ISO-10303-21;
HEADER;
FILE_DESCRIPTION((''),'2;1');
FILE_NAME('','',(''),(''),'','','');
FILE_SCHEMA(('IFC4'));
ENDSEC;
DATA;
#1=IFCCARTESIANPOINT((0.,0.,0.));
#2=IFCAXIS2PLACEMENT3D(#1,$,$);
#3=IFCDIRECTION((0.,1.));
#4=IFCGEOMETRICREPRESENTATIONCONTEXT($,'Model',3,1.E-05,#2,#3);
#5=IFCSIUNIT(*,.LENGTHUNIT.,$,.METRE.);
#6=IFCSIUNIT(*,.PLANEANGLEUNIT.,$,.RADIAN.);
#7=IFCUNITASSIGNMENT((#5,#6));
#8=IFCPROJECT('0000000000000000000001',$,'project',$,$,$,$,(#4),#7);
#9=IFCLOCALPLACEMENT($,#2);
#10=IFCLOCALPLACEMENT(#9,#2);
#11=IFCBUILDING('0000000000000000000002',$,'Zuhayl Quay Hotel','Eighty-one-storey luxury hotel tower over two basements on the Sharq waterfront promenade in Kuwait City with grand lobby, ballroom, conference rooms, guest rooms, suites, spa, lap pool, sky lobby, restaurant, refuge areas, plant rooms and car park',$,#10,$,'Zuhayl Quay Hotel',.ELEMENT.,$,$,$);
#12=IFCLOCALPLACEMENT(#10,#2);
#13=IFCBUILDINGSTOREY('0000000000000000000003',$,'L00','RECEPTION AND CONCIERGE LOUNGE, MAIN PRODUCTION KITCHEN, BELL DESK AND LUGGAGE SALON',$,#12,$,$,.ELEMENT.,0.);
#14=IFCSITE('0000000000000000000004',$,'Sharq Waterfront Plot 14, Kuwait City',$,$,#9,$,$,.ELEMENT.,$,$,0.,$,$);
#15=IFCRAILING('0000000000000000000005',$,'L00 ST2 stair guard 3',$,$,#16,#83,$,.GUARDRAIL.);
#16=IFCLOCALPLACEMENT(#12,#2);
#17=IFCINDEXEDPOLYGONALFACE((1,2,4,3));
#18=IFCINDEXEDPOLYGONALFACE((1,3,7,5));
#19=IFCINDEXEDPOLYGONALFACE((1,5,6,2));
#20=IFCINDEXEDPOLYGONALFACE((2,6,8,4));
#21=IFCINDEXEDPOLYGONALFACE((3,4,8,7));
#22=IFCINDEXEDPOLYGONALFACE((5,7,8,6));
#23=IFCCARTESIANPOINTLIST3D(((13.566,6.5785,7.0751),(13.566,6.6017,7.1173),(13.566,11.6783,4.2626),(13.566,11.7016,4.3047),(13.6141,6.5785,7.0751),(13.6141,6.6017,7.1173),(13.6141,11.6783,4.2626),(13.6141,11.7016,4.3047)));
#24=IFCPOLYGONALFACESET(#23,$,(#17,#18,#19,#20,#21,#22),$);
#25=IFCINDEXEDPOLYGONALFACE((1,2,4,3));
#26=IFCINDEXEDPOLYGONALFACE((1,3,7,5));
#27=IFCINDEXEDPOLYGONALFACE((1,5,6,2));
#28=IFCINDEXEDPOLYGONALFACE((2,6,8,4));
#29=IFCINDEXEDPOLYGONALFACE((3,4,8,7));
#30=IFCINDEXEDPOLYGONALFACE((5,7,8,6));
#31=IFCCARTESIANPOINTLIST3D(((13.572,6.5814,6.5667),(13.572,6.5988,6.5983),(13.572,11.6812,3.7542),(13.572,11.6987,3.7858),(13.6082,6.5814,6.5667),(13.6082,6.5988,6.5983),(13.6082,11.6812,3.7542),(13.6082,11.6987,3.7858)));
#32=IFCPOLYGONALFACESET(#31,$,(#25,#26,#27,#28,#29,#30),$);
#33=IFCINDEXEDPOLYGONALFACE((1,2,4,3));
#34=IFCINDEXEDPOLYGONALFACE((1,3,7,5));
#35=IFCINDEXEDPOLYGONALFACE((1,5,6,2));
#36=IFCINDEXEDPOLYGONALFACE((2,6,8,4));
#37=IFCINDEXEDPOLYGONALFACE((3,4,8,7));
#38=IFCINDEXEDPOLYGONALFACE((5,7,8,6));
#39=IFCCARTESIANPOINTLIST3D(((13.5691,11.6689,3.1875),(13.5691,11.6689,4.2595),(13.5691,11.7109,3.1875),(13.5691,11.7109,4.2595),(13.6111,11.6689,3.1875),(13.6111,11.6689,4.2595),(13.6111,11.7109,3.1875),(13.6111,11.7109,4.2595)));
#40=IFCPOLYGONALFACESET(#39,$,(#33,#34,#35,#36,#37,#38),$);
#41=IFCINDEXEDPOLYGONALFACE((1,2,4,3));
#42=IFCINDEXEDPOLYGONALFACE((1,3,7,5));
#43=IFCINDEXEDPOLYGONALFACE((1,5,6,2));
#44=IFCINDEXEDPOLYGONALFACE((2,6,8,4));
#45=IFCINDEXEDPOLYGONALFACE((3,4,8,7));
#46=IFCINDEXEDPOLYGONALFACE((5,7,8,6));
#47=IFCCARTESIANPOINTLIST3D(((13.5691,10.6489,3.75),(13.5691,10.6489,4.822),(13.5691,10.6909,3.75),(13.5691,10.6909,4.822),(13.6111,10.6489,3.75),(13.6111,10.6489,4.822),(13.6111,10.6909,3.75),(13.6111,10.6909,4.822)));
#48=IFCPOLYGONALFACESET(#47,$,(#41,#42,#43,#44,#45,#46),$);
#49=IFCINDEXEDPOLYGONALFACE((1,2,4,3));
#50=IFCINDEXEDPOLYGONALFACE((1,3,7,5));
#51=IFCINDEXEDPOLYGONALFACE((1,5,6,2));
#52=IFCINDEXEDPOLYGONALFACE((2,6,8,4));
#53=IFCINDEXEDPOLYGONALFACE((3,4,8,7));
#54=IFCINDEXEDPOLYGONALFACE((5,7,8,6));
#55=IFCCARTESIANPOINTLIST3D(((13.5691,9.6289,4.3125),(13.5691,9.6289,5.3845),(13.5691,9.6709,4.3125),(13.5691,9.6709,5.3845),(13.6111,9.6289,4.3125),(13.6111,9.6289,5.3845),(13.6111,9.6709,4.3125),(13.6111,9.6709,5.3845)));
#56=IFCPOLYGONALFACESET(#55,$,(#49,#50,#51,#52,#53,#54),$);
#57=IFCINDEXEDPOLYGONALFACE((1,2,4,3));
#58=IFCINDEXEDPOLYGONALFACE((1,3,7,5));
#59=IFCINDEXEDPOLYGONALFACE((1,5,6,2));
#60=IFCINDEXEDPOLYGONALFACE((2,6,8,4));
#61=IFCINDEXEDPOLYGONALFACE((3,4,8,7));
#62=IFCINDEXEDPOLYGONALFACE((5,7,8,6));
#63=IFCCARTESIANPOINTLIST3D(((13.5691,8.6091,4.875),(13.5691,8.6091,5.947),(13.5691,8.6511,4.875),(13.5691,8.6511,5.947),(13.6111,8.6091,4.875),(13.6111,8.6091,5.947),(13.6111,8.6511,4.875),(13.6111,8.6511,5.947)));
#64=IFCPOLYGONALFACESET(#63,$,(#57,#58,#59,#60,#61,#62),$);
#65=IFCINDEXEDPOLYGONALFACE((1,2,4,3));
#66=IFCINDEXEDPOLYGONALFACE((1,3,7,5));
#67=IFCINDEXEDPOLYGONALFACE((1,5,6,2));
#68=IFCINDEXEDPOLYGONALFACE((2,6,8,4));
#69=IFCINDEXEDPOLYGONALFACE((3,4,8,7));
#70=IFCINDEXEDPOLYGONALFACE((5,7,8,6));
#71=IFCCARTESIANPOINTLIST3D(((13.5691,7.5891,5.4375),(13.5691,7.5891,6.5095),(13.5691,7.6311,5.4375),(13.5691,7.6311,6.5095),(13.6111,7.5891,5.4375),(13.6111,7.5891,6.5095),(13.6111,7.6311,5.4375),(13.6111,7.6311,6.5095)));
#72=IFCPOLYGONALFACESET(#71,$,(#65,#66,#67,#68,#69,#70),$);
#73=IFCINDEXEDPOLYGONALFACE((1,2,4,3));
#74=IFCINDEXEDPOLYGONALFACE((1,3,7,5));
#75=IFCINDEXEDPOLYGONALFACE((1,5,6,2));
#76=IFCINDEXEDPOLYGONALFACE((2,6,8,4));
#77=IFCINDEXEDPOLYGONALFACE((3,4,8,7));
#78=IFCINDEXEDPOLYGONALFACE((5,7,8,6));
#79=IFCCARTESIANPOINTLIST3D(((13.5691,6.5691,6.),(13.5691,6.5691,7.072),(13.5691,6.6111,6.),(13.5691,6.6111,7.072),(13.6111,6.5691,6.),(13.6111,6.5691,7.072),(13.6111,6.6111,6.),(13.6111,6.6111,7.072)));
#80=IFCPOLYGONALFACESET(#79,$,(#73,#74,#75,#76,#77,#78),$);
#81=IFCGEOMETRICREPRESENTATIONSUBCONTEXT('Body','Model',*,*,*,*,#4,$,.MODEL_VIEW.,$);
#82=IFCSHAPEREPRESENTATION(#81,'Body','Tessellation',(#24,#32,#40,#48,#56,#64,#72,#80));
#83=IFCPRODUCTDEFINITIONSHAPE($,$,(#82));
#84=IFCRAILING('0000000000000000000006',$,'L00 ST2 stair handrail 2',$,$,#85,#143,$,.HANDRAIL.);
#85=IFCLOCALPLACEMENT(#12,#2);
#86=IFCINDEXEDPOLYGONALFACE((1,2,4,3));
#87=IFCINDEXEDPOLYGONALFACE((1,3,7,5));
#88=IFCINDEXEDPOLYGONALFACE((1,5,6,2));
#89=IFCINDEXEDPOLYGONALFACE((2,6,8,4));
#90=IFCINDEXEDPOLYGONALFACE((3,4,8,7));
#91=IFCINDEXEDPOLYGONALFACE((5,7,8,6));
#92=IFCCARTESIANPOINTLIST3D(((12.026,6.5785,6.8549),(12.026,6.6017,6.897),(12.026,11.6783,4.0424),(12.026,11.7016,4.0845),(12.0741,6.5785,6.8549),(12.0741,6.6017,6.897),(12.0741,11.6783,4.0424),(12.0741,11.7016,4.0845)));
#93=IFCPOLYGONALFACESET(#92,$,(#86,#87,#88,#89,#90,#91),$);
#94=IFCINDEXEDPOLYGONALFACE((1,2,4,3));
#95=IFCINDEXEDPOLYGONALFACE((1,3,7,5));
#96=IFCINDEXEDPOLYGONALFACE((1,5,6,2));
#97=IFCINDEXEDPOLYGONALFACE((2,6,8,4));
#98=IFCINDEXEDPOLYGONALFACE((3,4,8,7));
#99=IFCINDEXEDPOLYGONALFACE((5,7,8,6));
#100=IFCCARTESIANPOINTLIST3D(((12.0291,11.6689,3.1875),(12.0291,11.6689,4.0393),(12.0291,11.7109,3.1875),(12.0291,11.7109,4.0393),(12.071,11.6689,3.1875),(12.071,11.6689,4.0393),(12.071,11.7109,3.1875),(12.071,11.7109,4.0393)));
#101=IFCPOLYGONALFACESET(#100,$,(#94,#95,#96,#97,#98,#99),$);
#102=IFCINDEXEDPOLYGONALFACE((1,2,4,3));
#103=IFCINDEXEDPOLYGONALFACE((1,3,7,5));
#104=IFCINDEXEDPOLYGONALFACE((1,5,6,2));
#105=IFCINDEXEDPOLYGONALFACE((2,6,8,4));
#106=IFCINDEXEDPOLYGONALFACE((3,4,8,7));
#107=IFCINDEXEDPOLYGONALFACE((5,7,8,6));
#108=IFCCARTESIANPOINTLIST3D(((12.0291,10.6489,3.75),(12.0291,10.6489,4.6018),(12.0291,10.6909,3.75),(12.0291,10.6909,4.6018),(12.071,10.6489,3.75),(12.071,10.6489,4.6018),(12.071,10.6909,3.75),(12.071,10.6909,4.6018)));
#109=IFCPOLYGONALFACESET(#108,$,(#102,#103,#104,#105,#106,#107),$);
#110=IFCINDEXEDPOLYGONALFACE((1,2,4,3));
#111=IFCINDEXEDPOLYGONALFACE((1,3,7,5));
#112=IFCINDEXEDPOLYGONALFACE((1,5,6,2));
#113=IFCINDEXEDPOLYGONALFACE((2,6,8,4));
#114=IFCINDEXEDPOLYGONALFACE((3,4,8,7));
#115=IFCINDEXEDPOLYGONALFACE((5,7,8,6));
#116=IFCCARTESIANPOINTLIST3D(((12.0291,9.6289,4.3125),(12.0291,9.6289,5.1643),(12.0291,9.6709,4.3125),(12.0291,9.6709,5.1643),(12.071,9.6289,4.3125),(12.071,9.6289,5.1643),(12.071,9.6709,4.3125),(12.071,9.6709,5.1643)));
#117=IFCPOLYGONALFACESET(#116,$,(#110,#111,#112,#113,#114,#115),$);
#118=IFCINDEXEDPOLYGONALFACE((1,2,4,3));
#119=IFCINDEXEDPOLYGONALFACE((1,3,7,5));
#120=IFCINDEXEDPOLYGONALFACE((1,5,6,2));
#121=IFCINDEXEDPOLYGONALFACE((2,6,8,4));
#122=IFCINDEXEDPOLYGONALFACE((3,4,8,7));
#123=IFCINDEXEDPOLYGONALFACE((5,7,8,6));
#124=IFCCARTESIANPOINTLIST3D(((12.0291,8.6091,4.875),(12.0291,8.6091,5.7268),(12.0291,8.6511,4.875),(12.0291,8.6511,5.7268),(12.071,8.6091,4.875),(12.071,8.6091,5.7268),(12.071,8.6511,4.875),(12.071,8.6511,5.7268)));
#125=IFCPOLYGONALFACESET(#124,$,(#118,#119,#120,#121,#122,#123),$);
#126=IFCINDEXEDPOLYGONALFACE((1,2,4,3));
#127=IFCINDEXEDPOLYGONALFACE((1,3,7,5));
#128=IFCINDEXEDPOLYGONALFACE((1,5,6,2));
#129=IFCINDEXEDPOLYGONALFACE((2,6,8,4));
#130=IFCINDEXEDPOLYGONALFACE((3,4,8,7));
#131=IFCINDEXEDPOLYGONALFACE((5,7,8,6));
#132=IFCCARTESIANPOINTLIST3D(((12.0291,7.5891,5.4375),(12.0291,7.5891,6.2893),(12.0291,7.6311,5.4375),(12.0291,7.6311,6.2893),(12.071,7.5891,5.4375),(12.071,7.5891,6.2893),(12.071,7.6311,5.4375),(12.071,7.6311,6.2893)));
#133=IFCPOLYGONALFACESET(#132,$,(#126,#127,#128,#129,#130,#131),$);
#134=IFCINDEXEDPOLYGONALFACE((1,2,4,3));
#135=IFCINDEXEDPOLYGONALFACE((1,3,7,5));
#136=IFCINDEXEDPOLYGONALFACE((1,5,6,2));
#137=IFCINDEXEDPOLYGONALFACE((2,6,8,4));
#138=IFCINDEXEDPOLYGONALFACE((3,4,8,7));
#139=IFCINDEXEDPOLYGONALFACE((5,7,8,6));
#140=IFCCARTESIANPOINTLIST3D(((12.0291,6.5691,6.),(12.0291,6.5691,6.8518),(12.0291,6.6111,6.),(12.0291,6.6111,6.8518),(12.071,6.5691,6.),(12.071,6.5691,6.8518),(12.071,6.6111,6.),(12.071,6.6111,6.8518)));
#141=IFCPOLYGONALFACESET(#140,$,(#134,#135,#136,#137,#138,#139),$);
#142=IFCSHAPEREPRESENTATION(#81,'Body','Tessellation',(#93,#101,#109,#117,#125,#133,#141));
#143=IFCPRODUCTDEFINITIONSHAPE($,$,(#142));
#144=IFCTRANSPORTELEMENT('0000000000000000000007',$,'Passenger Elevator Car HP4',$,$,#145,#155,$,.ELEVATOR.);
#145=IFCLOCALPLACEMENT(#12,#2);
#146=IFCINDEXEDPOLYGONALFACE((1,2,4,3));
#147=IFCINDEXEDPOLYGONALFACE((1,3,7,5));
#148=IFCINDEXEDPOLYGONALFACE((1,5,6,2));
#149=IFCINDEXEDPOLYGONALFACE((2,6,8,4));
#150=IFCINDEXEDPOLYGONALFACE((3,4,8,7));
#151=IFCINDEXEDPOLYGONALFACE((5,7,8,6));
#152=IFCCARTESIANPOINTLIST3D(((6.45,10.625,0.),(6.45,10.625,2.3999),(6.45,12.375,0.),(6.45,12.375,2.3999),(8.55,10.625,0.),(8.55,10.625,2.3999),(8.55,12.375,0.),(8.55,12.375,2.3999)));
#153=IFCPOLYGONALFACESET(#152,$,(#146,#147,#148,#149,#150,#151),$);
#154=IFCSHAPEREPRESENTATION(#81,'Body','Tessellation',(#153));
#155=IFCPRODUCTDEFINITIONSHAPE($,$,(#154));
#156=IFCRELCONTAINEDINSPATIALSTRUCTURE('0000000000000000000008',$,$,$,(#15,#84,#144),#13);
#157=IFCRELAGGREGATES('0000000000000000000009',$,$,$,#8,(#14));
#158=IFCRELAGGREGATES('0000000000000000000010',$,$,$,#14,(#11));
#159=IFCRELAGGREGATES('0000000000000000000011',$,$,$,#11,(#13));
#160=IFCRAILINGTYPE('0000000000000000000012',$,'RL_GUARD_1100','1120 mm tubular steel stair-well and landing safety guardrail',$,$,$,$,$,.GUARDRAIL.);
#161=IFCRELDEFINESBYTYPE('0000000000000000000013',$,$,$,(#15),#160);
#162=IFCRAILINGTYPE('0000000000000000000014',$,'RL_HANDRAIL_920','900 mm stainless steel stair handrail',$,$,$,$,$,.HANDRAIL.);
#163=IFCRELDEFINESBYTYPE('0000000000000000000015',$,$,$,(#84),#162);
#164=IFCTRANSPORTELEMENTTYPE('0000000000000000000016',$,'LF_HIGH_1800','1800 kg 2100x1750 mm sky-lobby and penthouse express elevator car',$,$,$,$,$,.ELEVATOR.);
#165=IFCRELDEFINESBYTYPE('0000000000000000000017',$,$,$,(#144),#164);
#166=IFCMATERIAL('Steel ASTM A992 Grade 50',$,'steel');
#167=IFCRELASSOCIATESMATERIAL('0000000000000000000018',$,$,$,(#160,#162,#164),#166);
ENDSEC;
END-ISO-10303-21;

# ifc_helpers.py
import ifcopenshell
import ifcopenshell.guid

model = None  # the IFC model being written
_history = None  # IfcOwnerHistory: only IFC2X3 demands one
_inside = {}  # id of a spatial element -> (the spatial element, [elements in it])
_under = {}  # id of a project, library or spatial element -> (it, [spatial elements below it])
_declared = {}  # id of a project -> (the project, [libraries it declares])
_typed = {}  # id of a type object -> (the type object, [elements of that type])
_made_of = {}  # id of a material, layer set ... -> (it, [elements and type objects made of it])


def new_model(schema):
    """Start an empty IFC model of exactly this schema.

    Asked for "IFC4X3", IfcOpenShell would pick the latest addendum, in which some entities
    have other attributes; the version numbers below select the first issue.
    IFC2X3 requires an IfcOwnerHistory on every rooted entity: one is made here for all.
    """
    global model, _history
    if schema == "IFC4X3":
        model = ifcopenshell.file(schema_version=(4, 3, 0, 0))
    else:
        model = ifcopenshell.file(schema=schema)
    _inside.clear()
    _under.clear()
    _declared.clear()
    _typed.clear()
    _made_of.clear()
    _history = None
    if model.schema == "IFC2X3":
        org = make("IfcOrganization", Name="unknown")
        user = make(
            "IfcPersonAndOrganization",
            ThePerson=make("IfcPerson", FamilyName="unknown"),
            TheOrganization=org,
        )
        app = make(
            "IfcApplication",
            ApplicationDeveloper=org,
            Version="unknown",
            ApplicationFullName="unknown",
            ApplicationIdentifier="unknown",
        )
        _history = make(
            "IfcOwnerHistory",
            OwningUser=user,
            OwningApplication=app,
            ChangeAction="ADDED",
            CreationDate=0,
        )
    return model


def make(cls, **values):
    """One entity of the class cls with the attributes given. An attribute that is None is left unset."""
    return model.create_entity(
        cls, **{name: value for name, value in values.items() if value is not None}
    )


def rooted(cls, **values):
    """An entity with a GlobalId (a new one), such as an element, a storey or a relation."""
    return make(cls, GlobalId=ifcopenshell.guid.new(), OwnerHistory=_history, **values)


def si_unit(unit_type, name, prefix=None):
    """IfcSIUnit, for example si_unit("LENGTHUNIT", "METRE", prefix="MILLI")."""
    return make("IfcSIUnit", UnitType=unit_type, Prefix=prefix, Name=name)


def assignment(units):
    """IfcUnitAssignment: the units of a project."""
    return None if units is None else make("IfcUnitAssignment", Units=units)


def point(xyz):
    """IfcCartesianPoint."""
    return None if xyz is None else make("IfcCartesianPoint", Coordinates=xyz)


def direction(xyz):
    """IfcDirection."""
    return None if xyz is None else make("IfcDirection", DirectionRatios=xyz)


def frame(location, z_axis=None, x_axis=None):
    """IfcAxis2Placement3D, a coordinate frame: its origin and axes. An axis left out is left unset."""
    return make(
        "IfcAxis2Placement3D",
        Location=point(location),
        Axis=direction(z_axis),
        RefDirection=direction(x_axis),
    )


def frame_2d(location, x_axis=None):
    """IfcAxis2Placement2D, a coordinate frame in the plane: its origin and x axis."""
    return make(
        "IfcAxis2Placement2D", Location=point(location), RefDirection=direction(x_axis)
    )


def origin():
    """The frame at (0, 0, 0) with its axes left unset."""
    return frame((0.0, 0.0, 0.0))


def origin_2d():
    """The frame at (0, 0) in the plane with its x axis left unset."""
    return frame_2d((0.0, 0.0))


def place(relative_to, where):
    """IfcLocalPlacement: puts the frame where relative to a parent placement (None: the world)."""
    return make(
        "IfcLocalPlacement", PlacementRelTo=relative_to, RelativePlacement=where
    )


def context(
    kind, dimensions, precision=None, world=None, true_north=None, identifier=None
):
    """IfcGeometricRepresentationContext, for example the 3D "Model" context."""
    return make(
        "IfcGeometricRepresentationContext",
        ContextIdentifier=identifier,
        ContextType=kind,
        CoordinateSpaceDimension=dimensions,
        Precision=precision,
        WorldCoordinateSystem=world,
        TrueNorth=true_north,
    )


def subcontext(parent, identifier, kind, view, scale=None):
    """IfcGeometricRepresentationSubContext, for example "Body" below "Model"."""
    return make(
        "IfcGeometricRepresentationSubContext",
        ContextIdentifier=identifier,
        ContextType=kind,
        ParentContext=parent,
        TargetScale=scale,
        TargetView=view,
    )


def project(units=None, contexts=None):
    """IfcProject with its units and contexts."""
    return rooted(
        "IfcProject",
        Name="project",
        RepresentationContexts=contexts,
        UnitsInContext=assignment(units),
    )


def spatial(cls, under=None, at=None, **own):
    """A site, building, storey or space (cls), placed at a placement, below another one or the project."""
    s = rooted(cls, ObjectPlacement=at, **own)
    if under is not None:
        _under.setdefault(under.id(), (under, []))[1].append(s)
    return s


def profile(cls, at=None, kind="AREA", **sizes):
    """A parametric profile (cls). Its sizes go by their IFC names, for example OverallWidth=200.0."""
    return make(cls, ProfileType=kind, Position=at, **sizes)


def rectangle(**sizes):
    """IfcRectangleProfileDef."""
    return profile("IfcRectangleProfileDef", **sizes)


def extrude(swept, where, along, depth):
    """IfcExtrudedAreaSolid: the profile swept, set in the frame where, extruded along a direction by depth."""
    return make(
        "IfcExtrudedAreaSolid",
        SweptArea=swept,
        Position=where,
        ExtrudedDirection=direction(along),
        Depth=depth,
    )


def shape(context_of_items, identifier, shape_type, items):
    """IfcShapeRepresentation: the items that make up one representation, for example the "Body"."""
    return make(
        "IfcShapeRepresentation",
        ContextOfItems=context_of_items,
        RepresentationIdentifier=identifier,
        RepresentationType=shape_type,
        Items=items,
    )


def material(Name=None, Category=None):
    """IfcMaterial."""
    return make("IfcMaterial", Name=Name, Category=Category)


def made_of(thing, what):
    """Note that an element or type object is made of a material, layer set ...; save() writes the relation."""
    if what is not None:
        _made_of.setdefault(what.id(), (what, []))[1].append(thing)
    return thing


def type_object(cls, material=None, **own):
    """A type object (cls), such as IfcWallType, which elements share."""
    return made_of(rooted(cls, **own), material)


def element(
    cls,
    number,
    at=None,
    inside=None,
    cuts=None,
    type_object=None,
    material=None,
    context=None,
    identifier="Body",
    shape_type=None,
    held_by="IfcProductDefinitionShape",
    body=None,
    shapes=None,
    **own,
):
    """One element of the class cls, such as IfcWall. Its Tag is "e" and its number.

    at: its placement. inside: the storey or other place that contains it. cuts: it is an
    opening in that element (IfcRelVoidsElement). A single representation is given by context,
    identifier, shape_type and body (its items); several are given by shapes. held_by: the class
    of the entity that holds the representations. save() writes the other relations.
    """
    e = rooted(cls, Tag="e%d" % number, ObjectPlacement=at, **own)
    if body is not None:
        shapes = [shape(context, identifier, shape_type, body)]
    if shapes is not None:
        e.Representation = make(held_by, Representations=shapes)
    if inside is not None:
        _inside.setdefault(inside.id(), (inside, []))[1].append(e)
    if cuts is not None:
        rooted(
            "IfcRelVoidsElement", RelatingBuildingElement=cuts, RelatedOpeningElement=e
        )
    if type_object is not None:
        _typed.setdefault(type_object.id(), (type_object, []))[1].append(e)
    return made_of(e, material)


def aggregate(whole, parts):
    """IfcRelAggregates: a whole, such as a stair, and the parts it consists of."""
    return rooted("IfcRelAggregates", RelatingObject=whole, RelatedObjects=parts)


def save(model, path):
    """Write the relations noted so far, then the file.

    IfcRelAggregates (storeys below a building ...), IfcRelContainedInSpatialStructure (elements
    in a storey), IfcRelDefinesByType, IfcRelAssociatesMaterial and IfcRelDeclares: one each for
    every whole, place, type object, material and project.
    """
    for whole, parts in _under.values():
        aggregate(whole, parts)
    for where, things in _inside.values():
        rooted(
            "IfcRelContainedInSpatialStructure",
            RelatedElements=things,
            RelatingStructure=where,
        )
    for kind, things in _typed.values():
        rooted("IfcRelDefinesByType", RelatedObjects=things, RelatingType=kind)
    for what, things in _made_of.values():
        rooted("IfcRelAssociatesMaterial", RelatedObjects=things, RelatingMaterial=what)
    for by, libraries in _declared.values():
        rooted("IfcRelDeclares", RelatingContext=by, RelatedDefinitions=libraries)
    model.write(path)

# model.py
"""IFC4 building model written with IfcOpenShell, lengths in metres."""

from ifc_helpers import new_model, si_unit, direction, frame, origin, origin_2d, place, context, subcontext, project, spatial, rectangle, extrude, material, type_object, element, save


model = new_model("IFC4")

# Units and contexts
model_context = context("Model", 3, precision=1e-05, world=origin(), true_north=direction((0.0, 1.0)))
body_context = subcontext(model_context, "Body", "Model", "MODEL_VIEW")
ifc_project = project(units=[si_unit("LENGTHUNIT", "METRE"), si_unit("PLANEANGLEUNIT", "RADIAN")], contexts=[model_context])

# Site, building, storey
site_placement = place(None, origin())
site = spatial("IfcSite", under=ifc_project, at=site_placement, Name="Sharq Waterfront Plot 14, Kuwait City", CompositionType="ELEMENT", RefElevation=0.0)
building_placement = place(site_placement, origin())
building = spatial("IfcBuilding", under=site, at=building_placement, Name="Zuhayl Quay Hotel", Description="Eighty-one-storey luxury hotel tower over two basements on the Sharq waterfront promenade in Kuwait City with grand lobby, ballroom, conference rooms, guest rooms, suites, spa, lap pool, sky lobby, restaurant, refuge areas, plant rooms and car park", LongName="Zuhayl Quay Hotel", CompositionType="ELEMENT")
storey_placement = place(building_placement, origin())
storey = spatial("IfcBuildingStorey", under=building, at=storey_placement, Name="L00", Description="RECEPTION AND CONCIERGE LOUNGE, MAIN PRODUCTION KITCHEN, BELL DESK AND LUGGAGE SALON", CompositionType="ELEMENT", Elevation=0.0)

# Shared definitions
ifc_material_1 = material(Name="Steel ASTM A992 Grade 50", Category="steel")

# Railings
railing_type_1 = type_object("IfcRailingType", Name="RL_GUARD_1100", Description="1120 mm tubular steel stair-well and landing safety guardrail", PredefinedType="GUARDRAIL", material=ifc_material_1)
railing_1_placement = place(storey_placement, frame((13.5901, 11.6899, 3.1875)))
element("IfcRailing", 1, at=railing_1_placement, inside=storey, type_object=railing_type_1, Name="L00 ST2 stair guard 3", PredefinedType="GUARDRAIL", context=body_context, shape_type="SweptSolid", body=[
    extrude(rectangle(XDim=0.0481, YDim=0.0481, at=origin_2d()), frame((0.0, 0.0, 1.0962), z_axis=(0.0, -0.875666, 0.482918), x_axis=(1.0, 0.0, 0.0)), (0.0, 0.0, 1.0), 5.824),
    extrude(rectangle(XDim=0.0361, YDim=0.0361, at=origin_2d()), frame((0.0, 0.0, 0.5825), z_axis=(0.0, -0.875666, 0.482918), x_axis=(1.0, 0.0, 0.0)), (0.0, 0.0, 1.0), 5.824),
    extrude(rectangle(XDim=0.042, YDim=0.042, at=origin_2d()), origin(), (0.0, 0.0, 1.0), 1.072),
    extrude(rectangle(XDim=0.042, YDim=0.042, at=origin_2d()), frame((0.0, -1.02, 0.5625)), (0.0, 0.0, 1.0), 1.072),
    extrude(rectangle(XDim=0.042, YDim=0.042, at=origin_2d()), frame((0.0, -2.04, 1.125)), (0.0, 0.0, 1.0), 1.072),
    extrude(rectangle(XDim=0.042, YDim=0.042, at=origin_2d()), frame((0.0, -3.0598, 1.6875)), (0.0, 0.0, 1.0), 1.072),
    extrude(rectangle(XDim=0.042, YDim=0.042, at=origin_2d()), frame((0.0, -4.0798, 2.25)), (0.0, 0.0, 1.0), 1.072),
    extrude(rectangle(XDim=0.042, YDim=0.042, at=origin_2d()), frame((0.0, -5.0999, 2.8125)), (0.0, 0.0, 1.0), 1.072),
])
railing_type_2 = type_object("IfcRailingType", Name="RL_HANDRAIL_920", Description="900 mm stainless steel stair handrail", PredefinedType="HANDRAIL", material=ifc_material_1)
railing_2_placement = place(storey_placement, frame((12.05, 11.6899, 3.1875)))
element("IfcRailing", 2, at=railing_2_placement, inside=storey, type_object=railing_type_2, Name="L00 ST2 stair handrail 2", PredefinedType="HANDRAIL", context=body_context, shape_type="SweptSolid", body=[
    extrude(rectangle(XDim=0.0481, YDim=0.0481, at=origin_2d()), frame((0.0, 0.0, 0.876), z_axis=(0.0, -0.875666, 0.482918), x_axis=(1.0, 0.0, 0.0)), (0.0, 0.0, 1.0), 5.824),
    extrude(rectangle(XDim=0.042, YDim=0.042, at=origin_2d()), origin(), (0.0, 0.0, 1.0), 0.8518),
    extrude(rectangle(XDim=0.042, YDim=0.042, at=origin_2d()), frame((0.0, -1.02, 0.5625)), (0.0, 0.0, 1.0), 0.8518),
    extrude(rectangle(XDim=0.042, YDim=0.042, at=origin_2d()), frame((0.0, -2.04, 1.125)), (0.0, 0.0, 1.0), 0.8518),
    extrude(rectangle(XDim=0.042, YDim=0.042, at=origin_2d()), frame((0.0, -3.0598, 1.6875)), (0.0, 0.0, 1.0), 0.8518),
    extrude(rectangle(XDim=0.042, YDim=0.042, at=origin_2d()), frame((0.0, -4.0798, 2.25)), (0.0, 0.0, 1.0), 0.8518),
    extrude(rectangle(XDim=0.042, YDim=0.042, at=origin_2d()), frame((0.0, -5.0999, 2.8125)), (0.0, 0.0, 1.0), 0.8518),
])

# Transport element
transport_element_type = type_object("IfcTransportElementType", Name="LF_HIGH_1800", Description="1800 kg 2100x1750 mm sky-lobby and penthouse express elevator car", PredefinedType="ELEVATOR", material=ifc_material_1)
transport_element_placement = place(storey_placement, frame((7.5, 11.5, 0.0), z_axis=(0.0, 0.0, 1.0), x_axis=(1.0, 0.0, 0.0)))
element("IfcTransportElement", 3, at=transport_element_placement, inside=storey, type_object=transport_element_type, Name="Passenger Elevator Car HP4", PredefinedType="ELEVATOR", context=body_context, shape_type="SweptSolid", body=[
    extrude(rectangle(XDim=2.1001, YDim=1.75, at=origin_2d()), origin(), (0.0, 0.0, 1.0), 2.3999),
])

save(model, "model.ifc")
